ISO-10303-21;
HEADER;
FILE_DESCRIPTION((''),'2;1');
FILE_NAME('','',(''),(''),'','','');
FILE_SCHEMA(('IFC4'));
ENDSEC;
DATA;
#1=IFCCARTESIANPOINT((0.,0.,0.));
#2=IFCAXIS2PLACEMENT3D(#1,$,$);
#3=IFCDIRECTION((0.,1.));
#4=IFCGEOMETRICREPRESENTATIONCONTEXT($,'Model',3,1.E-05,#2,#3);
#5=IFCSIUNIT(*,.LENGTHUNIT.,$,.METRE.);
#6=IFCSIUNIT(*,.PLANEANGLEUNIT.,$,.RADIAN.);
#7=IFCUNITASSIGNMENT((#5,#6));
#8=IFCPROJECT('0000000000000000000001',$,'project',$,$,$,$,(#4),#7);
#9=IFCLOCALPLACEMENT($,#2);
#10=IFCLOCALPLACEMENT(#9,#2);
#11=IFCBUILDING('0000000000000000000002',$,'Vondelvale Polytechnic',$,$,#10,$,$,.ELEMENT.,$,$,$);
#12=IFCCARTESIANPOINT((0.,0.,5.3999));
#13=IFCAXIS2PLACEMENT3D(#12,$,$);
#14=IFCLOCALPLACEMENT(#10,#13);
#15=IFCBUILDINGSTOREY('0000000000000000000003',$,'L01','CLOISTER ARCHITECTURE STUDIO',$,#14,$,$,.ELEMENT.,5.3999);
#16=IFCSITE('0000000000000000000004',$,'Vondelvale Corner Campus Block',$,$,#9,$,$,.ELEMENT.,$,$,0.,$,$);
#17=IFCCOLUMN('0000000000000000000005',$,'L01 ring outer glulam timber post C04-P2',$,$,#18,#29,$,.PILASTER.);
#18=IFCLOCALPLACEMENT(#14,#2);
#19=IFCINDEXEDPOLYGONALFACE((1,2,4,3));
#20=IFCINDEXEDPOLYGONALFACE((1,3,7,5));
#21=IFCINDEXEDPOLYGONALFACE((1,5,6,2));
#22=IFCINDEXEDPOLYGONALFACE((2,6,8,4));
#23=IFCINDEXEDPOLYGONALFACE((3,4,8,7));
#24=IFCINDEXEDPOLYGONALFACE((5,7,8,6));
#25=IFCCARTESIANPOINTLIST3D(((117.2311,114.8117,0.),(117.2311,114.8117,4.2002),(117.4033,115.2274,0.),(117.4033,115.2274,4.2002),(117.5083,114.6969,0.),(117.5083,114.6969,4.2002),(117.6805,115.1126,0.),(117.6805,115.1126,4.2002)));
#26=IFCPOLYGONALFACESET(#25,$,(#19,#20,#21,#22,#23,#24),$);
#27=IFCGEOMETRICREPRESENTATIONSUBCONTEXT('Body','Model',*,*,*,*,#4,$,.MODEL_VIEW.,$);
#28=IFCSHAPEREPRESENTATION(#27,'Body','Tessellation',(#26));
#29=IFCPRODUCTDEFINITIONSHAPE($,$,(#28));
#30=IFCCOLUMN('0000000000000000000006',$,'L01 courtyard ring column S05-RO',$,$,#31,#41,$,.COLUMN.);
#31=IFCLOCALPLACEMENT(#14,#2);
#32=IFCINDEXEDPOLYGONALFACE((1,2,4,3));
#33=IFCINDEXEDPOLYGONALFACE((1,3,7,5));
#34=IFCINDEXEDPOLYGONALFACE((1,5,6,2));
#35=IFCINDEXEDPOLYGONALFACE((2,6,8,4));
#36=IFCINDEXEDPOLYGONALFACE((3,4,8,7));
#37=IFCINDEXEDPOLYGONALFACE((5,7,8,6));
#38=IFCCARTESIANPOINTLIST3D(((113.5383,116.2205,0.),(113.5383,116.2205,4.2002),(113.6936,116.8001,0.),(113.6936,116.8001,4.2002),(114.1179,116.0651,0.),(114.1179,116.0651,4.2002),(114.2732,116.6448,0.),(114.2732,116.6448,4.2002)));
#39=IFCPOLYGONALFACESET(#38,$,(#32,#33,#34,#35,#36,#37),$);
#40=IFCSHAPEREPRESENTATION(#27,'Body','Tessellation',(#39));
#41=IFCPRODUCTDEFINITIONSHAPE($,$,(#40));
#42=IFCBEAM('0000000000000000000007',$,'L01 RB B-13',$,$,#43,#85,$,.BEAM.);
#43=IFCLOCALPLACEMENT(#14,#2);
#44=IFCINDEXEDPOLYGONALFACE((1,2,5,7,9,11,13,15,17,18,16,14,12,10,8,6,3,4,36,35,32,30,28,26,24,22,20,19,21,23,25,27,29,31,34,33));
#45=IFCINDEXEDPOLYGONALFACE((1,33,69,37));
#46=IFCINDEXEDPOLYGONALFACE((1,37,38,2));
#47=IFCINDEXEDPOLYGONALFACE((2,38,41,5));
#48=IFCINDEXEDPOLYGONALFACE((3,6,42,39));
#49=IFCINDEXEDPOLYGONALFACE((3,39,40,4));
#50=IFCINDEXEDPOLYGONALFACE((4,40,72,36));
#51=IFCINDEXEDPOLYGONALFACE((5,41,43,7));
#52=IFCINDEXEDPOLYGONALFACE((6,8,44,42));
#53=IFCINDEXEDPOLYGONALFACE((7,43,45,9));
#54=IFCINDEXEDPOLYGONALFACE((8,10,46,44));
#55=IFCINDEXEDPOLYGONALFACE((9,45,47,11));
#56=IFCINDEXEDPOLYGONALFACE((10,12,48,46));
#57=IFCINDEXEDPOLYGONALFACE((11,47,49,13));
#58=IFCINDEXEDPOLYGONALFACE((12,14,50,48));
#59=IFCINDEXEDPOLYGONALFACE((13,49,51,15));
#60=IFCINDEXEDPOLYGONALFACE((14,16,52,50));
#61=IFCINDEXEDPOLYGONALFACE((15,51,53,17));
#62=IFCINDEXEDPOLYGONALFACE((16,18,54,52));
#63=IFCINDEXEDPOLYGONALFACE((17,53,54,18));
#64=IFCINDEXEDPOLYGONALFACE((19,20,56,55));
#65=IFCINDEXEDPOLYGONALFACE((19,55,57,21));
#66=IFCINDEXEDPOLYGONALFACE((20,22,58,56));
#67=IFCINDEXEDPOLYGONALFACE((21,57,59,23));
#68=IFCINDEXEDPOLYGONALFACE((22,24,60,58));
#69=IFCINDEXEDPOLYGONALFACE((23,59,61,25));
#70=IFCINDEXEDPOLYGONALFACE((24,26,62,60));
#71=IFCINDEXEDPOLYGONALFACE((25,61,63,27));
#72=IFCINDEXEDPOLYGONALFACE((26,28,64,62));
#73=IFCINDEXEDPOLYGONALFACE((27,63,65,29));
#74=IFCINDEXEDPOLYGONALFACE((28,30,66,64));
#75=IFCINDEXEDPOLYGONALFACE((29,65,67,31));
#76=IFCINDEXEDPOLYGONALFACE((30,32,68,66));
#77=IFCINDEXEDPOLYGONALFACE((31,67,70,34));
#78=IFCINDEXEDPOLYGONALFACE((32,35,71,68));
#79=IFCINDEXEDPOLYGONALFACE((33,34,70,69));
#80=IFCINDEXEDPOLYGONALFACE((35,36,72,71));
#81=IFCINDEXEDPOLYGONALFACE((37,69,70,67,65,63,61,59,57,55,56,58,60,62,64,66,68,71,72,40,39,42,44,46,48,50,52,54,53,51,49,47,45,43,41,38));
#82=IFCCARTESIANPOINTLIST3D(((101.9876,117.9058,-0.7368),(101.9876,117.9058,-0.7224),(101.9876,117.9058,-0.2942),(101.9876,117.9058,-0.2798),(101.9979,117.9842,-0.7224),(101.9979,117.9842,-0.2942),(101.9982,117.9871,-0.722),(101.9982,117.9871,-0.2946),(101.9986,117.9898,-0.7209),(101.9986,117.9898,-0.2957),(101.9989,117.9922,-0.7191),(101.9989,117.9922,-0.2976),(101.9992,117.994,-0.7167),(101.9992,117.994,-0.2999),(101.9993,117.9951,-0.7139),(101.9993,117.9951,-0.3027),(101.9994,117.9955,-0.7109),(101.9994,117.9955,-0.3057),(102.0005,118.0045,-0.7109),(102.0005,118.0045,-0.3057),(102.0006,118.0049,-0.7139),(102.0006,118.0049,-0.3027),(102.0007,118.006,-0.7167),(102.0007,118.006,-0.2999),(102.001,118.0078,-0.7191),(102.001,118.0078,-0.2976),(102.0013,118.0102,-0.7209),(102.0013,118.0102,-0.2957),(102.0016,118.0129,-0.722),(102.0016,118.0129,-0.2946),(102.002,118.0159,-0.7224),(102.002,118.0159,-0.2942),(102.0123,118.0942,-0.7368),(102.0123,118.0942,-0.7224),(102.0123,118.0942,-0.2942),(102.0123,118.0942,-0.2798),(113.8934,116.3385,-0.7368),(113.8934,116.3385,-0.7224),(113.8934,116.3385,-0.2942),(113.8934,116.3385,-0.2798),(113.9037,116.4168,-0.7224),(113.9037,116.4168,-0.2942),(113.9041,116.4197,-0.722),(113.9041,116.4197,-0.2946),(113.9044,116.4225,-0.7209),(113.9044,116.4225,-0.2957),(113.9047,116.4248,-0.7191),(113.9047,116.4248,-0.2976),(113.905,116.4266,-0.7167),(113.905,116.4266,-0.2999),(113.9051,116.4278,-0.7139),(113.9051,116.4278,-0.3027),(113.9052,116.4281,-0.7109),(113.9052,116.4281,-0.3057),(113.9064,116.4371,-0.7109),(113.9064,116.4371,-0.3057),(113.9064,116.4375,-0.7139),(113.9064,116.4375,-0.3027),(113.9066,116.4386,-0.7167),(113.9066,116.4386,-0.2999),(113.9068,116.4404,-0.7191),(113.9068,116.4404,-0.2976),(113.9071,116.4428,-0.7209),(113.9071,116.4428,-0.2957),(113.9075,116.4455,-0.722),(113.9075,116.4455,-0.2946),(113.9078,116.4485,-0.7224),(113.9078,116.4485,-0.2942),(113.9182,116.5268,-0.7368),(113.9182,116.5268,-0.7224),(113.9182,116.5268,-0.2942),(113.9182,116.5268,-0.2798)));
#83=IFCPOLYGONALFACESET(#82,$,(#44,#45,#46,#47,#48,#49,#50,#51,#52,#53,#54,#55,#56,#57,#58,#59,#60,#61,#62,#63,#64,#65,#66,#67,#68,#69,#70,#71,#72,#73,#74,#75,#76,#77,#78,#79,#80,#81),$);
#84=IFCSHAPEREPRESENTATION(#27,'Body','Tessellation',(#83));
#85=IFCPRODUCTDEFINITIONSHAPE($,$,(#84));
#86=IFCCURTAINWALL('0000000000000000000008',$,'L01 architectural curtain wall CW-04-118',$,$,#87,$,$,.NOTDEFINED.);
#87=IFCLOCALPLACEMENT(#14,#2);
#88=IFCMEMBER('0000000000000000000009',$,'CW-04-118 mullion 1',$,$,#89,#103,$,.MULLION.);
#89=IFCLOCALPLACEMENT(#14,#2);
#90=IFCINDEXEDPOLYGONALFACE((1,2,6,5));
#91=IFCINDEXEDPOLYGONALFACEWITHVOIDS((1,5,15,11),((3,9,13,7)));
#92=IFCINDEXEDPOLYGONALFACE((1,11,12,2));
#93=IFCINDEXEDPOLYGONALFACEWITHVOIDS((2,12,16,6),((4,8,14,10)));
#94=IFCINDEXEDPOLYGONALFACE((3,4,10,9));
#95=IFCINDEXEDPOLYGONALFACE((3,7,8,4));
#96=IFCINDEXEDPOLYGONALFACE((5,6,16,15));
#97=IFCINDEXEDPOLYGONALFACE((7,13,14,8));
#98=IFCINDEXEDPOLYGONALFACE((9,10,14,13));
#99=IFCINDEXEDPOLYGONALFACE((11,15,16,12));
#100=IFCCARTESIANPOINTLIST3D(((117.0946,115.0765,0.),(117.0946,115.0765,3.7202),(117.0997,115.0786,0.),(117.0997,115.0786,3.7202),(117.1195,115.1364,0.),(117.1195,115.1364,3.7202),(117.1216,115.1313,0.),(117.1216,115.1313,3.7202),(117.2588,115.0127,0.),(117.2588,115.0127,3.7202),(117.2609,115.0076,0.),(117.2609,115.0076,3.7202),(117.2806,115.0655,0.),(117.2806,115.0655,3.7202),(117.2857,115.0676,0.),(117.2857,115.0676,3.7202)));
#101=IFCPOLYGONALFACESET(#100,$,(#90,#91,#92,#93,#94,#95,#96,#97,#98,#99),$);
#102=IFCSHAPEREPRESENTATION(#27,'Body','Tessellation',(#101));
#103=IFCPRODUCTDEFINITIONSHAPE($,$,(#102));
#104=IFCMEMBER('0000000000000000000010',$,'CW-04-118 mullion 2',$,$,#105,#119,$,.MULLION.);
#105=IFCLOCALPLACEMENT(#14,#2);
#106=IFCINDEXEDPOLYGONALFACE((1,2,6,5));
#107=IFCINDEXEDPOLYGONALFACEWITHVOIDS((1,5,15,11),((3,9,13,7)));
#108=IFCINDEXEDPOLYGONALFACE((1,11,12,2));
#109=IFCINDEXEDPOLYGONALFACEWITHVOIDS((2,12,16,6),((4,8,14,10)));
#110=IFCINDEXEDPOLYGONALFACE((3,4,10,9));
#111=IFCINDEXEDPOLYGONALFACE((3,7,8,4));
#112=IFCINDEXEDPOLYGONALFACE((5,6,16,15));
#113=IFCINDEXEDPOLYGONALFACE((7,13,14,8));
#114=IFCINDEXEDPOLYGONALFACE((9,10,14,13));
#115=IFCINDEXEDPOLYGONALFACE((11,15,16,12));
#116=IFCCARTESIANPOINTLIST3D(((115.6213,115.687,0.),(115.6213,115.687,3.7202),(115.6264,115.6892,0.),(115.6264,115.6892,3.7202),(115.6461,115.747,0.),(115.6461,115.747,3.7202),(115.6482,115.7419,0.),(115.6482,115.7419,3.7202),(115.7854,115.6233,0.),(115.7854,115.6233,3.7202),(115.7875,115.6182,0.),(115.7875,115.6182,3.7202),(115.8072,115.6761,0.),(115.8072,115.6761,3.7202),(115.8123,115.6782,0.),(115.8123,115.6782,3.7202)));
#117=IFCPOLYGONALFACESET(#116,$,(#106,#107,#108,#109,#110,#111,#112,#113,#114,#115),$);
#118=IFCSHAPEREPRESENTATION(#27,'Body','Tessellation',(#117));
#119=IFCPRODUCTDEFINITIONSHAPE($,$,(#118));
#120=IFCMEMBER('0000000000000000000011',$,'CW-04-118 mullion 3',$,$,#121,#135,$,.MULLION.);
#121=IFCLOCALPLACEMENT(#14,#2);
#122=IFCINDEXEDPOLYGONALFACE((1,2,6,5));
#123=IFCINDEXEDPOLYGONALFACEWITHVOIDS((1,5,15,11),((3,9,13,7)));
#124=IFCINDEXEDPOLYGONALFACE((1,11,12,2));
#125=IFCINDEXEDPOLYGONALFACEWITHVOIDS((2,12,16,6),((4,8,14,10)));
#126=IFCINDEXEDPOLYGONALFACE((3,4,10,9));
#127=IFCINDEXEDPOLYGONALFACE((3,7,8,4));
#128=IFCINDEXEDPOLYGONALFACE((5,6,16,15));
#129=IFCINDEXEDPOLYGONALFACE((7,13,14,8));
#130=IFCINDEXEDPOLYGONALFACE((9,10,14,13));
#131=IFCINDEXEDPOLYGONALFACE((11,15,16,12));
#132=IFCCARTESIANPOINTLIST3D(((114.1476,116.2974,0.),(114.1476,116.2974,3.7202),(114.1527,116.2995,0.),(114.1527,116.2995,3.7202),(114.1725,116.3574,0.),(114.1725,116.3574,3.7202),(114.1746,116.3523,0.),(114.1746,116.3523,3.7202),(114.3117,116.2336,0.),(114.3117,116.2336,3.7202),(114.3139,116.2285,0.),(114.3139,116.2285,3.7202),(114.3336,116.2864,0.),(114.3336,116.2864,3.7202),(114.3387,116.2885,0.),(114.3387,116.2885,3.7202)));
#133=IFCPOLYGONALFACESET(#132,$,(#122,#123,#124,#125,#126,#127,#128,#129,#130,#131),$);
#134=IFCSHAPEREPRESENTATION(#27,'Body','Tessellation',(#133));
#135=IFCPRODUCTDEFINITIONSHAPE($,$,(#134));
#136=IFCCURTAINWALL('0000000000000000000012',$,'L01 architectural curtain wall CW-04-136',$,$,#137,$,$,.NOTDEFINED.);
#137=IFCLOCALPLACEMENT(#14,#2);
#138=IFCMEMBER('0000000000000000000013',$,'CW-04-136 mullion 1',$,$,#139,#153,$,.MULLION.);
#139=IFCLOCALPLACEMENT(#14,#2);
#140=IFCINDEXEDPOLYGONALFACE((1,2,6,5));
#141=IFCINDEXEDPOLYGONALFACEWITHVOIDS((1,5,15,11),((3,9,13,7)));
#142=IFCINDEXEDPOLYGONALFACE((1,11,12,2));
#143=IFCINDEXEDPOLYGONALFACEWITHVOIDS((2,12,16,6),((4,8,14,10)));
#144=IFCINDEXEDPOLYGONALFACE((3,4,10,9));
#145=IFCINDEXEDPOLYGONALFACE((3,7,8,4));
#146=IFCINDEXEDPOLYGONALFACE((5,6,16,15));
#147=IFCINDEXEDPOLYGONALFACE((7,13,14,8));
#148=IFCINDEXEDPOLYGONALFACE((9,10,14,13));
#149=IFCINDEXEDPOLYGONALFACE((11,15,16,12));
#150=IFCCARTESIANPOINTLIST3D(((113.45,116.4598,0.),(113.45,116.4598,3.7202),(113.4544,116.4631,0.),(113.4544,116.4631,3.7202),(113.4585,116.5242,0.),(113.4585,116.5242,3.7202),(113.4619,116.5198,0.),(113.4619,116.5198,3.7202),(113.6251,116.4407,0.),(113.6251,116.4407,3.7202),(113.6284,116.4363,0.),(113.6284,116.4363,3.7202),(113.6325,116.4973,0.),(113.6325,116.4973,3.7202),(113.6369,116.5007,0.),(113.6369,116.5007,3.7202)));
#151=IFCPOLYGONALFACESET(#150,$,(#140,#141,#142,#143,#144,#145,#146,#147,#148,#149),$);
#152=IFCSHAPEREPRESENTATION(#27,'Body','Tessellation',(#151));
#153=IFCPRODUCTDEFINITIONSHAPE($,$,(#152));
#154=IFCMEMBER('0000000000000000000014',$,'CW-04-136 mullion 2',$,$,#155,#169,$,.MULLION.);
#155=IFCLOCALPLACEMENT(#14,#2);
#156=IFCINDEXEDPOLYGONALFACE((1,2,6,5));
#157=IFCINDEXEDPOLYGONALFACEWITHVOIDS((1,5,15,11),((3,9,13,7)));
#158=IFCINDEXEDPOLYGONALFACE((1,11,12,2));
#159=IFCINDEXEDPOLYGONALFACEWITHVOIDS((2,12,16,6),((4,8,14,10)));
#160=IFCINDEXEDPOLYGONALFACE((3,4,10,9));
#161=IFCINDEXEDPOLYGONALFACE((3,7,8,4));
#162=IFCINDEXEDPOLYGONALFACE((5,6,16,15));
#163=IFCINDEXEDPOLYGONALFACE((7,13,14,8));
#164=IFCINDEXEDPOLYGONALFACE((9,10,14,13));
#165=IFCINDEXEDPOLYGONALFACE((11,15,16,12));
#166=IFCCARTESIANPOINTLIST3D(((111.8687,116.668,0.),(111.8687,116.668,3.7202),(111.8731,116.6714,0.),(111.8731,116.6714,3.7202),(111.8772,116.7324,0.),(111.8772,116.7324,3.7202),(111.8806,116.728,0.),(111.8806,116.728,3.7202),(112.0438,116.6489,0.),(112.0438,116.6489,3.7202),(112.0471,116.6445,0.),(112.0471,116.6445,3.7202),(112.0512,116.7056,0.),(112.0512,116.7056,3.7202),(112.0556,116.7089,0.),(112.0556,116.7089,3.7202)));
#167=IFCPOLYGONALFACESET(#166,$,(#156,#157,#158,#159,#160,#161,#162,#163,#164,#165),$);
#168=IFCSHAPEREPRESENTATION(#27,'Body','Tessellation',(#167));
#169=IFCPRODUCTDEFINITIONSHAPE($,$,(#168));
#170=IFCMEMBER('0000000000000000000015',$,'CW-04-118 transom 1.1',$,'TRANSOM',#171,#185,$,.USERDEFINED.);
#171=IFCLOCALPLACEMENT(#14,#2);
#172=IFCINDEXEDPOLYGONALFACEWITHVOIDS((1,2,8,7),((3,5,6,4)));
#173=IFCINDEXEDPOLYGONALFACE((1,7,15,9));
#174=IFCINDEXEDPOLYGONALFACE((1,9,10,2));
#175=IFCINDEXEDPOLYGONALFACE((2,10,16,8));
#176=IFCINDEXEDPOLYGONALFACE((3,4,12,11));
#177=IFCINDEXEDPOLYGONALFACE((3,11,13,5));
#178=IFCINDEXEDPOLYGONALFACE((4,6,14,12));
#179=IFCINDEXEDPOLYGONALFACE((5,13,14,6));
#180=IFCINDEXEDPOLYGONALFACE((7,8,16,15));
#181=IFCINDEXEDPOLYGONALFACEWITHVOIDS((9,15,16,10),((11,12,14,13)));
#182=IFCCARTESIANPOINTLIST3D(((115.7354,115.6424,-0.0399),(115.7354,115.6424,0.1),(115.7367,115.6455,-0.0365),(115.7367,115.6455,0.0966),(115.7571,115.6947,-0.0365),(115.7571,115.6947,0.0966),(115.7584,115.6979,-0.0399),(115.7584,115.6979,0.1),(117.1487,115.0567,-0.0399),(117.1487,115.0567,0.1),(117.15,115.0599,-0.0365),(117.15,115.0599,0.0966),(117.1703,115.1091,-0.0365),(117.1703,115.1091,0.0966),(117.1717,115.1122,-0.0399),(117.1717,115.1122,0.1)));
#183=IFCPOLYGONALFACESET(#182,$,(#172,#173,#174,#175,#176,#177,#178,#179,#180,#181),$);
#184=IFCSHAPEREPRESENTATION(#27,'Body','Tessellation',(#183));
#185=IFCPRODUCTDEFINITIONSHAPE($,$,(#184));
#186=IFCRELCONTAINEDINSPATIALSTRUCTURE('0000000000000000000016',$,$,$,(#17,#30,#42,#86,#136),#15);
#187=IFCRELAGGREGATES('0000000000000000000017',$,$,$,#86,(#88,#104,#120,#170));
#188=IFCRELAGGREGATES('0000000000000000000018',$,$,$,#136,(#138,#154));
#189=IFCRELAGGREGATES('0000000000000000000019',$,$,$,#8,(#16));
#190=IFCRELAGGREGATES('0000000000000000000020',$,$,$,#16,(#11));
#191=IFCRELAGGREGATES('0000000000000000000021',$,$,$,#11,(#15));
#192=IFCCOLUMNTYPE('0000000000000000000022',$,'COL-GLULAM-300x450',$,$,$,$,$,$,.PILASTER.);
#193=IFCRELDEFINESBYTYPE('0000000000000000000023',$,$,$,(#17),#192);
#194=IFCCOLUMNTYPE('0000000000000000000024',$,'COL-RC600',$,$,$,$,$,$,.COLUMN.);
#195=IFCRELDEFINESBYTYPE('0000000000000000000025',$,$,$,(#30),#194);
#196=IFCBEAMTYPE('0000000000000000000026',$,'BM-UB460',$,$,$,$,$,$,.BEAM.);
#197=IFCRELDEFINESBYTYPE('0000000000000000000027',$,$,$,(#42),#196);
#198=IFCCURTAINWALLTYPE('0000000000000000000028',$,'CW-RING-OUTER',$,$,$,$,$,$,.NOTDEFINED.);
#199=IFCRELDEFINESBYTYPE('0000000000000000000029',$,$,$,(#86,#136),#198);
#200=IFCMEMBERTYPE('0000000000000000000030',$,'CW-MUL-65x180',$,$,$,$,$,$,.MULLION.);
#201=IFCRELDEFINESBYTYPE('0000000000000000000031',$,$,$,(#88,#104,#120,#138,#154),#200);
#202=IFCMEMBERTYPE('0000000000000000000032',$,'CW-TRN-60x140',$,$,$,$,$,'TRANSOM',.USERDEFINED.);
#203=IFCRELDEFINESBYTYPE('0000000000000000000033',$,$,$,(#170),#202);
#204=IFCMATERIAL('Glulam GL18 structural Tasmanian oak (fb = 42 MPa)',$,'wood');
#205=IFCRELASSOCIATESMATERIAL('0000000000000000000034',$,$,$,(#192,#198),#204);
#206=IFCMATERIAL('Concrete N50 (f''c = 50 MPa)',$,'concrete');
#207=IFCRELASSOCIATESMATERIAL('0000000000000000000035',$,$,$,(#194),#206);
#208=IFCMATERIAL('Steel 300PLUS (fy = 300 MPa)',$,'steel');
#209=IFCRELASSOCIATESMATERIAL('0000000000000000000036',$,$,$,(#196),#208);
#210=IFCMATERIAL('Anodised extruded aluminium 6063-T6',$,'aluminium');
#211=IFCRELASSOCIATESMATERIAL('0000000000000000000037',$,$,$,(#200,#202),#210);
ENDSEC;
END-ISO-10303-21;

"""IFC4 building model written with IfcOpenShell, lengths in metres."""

from ifc_helpers import new_model, si_unit, direction, frame, origin, origin_2d, place, context, subcontext, project, spatial, rectangle, hollow_rectangle, i_section, extrude, material, material_profile, profile_set, type_object, element, aggregate, save


model = new_model("IFC4")

# Units and contexts
model_context = context("Model", 3, precision=1e-05, world=origin(), true_north=direction((0.0, 1.0)))
body_context = subcontext(model_context, "Body", "Model", "MODEL_VIEW")
ifc_project = project(units=[si_unit("LENGTHUNIT", "METRE"), si_unit("PLANEANGLEUNIT", "RADIAN")], contexts=[model_context])

# Site, building, storey
site_placement = place(None, origin())
site = spatial("IfcSite", under=ifc_project, at=site_placement, Name="Vondelvale Corner Campus Block", CompositionType="ELEMENT", RefElevation=0.0)
building_placement = place(site_placement, origin())
building = spatial("IfcBuilding", under=site, at=building_placement, Name="Vondelvale Polytechnic", CompositionType="ELEMENT")
storey_placement = place(building_placement, frame((0.0, 0.0, 5.3999)))
storey = spatial("IfcBuildingStorey", under=building, at=storey_placement, Name="L01", Description="CLOISTER ARCHITECTURE STUDIO", CompositionType="ELEMENT", Elevation=5.3999)

# Columns
ifc_material_1 = material(Name="Glulam GL18 structural Tasmanian oak (fb = 42 MPa)", Category="wood")
ifc_material_profile_1 = material_profile(ifc_material_1, rectangle(XDim=0.3, YDim=0.45, at=origin_2d()), Name="GL-POST-300x450")
ifc_profile_set_1 = profile_set([ifc_material_profile_1], Name="Glulam GL18 structural Tasmanian oak (fb = 42 MPa)")
column_type_1 = type_object("IfcColumnType", Name="COL-GLULAM-300x450", PredefinedType="PILASTER", material=ifc_profile_set_1)
column_1_placement = place(storey_placement, frame((117.4558, 114.9622, 0.0), z_axis=(0.0, 0.0, 1.0), x_axis=(-0.92388, 0.382683, 0.0)))
element("IfcColumn", 1, at=column_1_placement, inside=storey, type_object=column_type_1, Name="L01 ring outer glulam timber post C04-P2", PredefinedType="PILASTER", context=body_context, shape_type="SweptSolid", body=[
    extrude(rectangle(XDim=0.3, YDim=0.45, at=origin_2d()), origin(), (0.0, 0.0, 1.0), 4.2002),
])
ifc_material_2 = material(Name="Concrete N50 (f'c = 50 MPa)", Category="concrete")
ifc_material_profile_2 = material_profile(ifc_material_2, rectangle(XDim=0.6001, YDim=0.6001, at=origin_2d()), Name="RC-COL-600x600")
ifc_profile_set_2 = profile_set([ifc_material_profile_2], Name="Concrete N50 (f'c = 50 MPa)")
column_type_2 = type_object("IfcColumnType", Name="COL-RC600", PredefinedType="COLUMN", material=ifc_profile_set_2)
column_2_placement = place(storey_placement, frame((113.9058, 116.4326, 0.0), z_axis=(0.0, 0.0, 1.0), x_axis=(0.258819, 0.965926, 0.0)))
element("IfcColumn", 2, at=column_2_placement, inside=storey, type_object=column_type_2, Name="L01 courtyard ring column S05-RO", PredefinedType="COLUMN", context=body_context, shape_type="SweptSolid", body=[
    extrude(rectangle(XDim=0.6001, YDim=0.6001, at=origin_2d()), origin(), (0.0, 0.0, 1.0), 4.2002),
])

# Beam
ifc_material_3 = material(Name="Steel 300PLUS (fy = 300 MPa)", Category="steel")
ifc_material_profile_3 = material_profile(ifc_material_3, i_section(OverallWidth=0.1899, OverallDepth=0.457, WebThickness=0.009, FlangeThickness=0.0144, FilletRadius=0.0115, at=origin_2d()), Name="460UB74.6")
ifc_profile_set_3 = profile_set([ifc_material_profile_3], Name="Steel 300PLUS (fy = 300 MPa)")
beam_type_1 = type_object("IfcBeamType", Name="BM-UB460", PredefinedType="BEAM", material=ifc_profile_set_3)
beam_1_placement = place(storey_placement, frame((113.9058, 116.4326, -0.5083), z_axis=(-0.991445, 0.130523, 0.0), x_axis=(-0.130523, -0.991445, 0.0)))
element("IfcBeam", 3, at=beam_1_placement, inside=storey, type_object=beam_type_1, Name="L01 RB B-13", PredefinedType="BEAM", context=body_context, shape_type="SweptSolid", body=[
    extrude(i_section(OverallWidth=0.1899, OverallDepth=0.457, WebThickness=0.009, FlangeThickness=0.0144, FilletRadius=0.0115, at=origin_2d()), origin(), (0.0, 0.0, 1.0), 12.0085),
])

# Curtain walls, members
curtain_wall_type = type_object("IfcCurtainWallType", Name="CW-RING-OUTER", PredefinedType="NOTDEFINED", material=ifc_material_1)
curtain_wall_1_placement = place(storey_placement, origin())
curtain_wall_1 = element("IfcCurtainWall", 4, at=curtain_wall_1_placement, inside=storey, type_object=curtain_wall_type, Name="L01 architectural curtain wall CW-04-118", PredefinedType="NOTDEFINED")
ifc_material_4 = material(Name="Anodised extruded aluminium 6063-T6", Category="aluminium")
ifc_material_profile_4 = material_profile(ifc_material_4, hollow_rectangle(XDim=0.0649, YDim=0.1799, WallThickness=0.0039, at=origin_2d()), Name="CW-MUL-180x65")
ifc_profile_set_4 = profile_set([ifc_material_profile_4], Name="Anodised extruded aluminium 6063-T6")
member_type_1 = type_object("IfcMemberType", Name="CW-MUL-65x180", PredefinedType="MULLION", material=ifc_profile_set_4)
member_1_placement = place(storey_placement, frame((117.1902, 115.072, 0.0), z_axis=(0.0, 0.0, 1.0), x_axis=(-0.382677, -0.923882, 0.0)))
member_1 = element("IfcMember", 5, at=member_1_placement, type_object=member_type_1, Name="CW-04-118 mullion 1", PredefinedType="MULLION", context=body_context, shape_type="SweptSolid", body=[
    extrude(hollow_rectangle(XDim=0.0649, YDim=0.1799, WallThickness=0.0039, at=origin_2d()), origin(), (0.0, 0.0, 1.0), 3.7202),
])
member_2_placement = place(storey_placement, frame((115.7168, 115.6826, 0.0), z_axis=(0.0, 0.0, 1.0), x_axis=(-0.382677, -0.923882, 0.0)))
member_2 = element("IfcMember", 6, at=member_2_placement, type_object=member_type_1, Name="CW-04-118 mullion 2", PredefinedType="MULLION", context=body_context, shape_type="SweptSolid", body=[
    extrude(hollow_rectangle(XDim=0.0649, YDim=0.1799, WallThickness=0.0039, at=origin_2d()), origin(), (0.0, 0.0, 1.0), 3.7202),
])
member_3_placement = place(storey_placement, frame((114.2432, 116.293, 0.0), z_axis=(0.0, 0.0, 1.0), x_axis=(-0.382677, -0.923882, 0.0)))
member_3 = element("IfcMember", 7, at=member_3_placement, type_object=member_type_1, Name="CW-04-118 mullion 3", PredefinedType="MULLION", context=body_context, shape_type="SweptSolid", body=[
    extrude(hollow_rectangle(XDim=0.0649, YDim=0.1799, WallThickness=0.0039, at=origin_2d()), origin(), (0.0, 0.0, 1.0), 3.7202),
])
curtain_wall_2_placement = place(storey_placement, origin())
curtain_wall_2 = element("IfcCurtainWall", 8, at=curtain_wall_2_placement, inside=storey, type_object=curtain_wall_type, Name="L01 architectural curtain wall CW-04-136", PredefinedType="NOTDEFINED")
member_4_placement = place(storey_placement, frame((113.5435, 116.4802, 0.0), z_axis=(0.0, 0.0, 1.0), x_axis=(-0.13054, -0.991443, 0.0)))
member_4 = element("IfcMember", 9, at=member_4_placement, type_object=member_type_1, Name="CW-04-136 mullion 1", PredefinedType="MULLION", context=body_context, shape_type="SweptSolid", body=[
    extrude(hollow_rectangle(XDim=0.0649, YDim=0.1799, WallThickness=0.0039, at=origin_2d()), origin(), (0.0, 0.0, 1.0), 3.7202),
])
member_5_placement = place(storey_placement, frame((111.9622, 116.6885, 0.0), z_axis=(0.0, 0.0, 1.0), x_axis=(-0.13054, -0.991443, 0.0)))
member_5 = element("IfcMember", 10, at=member_5_placement, type_object=member_type_1, Name="CW-04-136 mullion 2", PredefinedType="MULLION", context=body_context, shape_type="SweptSolid", body=[
    extrude(hollow_rectangle(XDim=0.0649, YDim=0.1799, WallThickness=0.0039, at=origin_2d()), origin(), (0.0, 0.0, 1.0), 3.7202),
])

# Member
ifc_material_profile_5 = material_profile(ifc_material_4, hollow_rectangle(XDim=0.0601, YDim=0.1399, WallThickness=0.0034, at=origin_2d()), Name="CW-TRN-140x60")
ifc_profile_set_5 = profile_set([ifc_material_profile_5], Name="Anodised extruded aluminium 6063-T6")
member_type_2 = type_object("IfcMemberType", Name="CW-TRN-60x140", ElementType="TRANSOM", PredefinedType="USERDEFINED", material=ifc_profile_set_5)
member_6_placement = place(storey_placement, frame((117.1602, 115.0845, 0.03), z_axis=(-0.923816, 0.382836, 0.0), x_axis=(-0.382836, -0.923816, 0.0)))
member_6 = element("IfcMember", 11, at=member_6_placement, type_object=member_type_2, Name="CW-04-118 transom 1.1", ObjectType="TRANSOM", PredefinedType="USERDEFINED", context=body_context, shape_type="SweptSolid", body=[
    extrude(hollow_rectangle(XDim=0.0601, YDim=0.1399, WallThickness=0.0034, at=origin_2d()), origin(), (0.0, 0.0, 1.0), 1.5298),
])

aggregate(curtain_wall_1, [member_1, member_2, member_3, member_6])
aggregate(curtain_wall_2, [member_4, member_5])

save(model, "model.ifc")
